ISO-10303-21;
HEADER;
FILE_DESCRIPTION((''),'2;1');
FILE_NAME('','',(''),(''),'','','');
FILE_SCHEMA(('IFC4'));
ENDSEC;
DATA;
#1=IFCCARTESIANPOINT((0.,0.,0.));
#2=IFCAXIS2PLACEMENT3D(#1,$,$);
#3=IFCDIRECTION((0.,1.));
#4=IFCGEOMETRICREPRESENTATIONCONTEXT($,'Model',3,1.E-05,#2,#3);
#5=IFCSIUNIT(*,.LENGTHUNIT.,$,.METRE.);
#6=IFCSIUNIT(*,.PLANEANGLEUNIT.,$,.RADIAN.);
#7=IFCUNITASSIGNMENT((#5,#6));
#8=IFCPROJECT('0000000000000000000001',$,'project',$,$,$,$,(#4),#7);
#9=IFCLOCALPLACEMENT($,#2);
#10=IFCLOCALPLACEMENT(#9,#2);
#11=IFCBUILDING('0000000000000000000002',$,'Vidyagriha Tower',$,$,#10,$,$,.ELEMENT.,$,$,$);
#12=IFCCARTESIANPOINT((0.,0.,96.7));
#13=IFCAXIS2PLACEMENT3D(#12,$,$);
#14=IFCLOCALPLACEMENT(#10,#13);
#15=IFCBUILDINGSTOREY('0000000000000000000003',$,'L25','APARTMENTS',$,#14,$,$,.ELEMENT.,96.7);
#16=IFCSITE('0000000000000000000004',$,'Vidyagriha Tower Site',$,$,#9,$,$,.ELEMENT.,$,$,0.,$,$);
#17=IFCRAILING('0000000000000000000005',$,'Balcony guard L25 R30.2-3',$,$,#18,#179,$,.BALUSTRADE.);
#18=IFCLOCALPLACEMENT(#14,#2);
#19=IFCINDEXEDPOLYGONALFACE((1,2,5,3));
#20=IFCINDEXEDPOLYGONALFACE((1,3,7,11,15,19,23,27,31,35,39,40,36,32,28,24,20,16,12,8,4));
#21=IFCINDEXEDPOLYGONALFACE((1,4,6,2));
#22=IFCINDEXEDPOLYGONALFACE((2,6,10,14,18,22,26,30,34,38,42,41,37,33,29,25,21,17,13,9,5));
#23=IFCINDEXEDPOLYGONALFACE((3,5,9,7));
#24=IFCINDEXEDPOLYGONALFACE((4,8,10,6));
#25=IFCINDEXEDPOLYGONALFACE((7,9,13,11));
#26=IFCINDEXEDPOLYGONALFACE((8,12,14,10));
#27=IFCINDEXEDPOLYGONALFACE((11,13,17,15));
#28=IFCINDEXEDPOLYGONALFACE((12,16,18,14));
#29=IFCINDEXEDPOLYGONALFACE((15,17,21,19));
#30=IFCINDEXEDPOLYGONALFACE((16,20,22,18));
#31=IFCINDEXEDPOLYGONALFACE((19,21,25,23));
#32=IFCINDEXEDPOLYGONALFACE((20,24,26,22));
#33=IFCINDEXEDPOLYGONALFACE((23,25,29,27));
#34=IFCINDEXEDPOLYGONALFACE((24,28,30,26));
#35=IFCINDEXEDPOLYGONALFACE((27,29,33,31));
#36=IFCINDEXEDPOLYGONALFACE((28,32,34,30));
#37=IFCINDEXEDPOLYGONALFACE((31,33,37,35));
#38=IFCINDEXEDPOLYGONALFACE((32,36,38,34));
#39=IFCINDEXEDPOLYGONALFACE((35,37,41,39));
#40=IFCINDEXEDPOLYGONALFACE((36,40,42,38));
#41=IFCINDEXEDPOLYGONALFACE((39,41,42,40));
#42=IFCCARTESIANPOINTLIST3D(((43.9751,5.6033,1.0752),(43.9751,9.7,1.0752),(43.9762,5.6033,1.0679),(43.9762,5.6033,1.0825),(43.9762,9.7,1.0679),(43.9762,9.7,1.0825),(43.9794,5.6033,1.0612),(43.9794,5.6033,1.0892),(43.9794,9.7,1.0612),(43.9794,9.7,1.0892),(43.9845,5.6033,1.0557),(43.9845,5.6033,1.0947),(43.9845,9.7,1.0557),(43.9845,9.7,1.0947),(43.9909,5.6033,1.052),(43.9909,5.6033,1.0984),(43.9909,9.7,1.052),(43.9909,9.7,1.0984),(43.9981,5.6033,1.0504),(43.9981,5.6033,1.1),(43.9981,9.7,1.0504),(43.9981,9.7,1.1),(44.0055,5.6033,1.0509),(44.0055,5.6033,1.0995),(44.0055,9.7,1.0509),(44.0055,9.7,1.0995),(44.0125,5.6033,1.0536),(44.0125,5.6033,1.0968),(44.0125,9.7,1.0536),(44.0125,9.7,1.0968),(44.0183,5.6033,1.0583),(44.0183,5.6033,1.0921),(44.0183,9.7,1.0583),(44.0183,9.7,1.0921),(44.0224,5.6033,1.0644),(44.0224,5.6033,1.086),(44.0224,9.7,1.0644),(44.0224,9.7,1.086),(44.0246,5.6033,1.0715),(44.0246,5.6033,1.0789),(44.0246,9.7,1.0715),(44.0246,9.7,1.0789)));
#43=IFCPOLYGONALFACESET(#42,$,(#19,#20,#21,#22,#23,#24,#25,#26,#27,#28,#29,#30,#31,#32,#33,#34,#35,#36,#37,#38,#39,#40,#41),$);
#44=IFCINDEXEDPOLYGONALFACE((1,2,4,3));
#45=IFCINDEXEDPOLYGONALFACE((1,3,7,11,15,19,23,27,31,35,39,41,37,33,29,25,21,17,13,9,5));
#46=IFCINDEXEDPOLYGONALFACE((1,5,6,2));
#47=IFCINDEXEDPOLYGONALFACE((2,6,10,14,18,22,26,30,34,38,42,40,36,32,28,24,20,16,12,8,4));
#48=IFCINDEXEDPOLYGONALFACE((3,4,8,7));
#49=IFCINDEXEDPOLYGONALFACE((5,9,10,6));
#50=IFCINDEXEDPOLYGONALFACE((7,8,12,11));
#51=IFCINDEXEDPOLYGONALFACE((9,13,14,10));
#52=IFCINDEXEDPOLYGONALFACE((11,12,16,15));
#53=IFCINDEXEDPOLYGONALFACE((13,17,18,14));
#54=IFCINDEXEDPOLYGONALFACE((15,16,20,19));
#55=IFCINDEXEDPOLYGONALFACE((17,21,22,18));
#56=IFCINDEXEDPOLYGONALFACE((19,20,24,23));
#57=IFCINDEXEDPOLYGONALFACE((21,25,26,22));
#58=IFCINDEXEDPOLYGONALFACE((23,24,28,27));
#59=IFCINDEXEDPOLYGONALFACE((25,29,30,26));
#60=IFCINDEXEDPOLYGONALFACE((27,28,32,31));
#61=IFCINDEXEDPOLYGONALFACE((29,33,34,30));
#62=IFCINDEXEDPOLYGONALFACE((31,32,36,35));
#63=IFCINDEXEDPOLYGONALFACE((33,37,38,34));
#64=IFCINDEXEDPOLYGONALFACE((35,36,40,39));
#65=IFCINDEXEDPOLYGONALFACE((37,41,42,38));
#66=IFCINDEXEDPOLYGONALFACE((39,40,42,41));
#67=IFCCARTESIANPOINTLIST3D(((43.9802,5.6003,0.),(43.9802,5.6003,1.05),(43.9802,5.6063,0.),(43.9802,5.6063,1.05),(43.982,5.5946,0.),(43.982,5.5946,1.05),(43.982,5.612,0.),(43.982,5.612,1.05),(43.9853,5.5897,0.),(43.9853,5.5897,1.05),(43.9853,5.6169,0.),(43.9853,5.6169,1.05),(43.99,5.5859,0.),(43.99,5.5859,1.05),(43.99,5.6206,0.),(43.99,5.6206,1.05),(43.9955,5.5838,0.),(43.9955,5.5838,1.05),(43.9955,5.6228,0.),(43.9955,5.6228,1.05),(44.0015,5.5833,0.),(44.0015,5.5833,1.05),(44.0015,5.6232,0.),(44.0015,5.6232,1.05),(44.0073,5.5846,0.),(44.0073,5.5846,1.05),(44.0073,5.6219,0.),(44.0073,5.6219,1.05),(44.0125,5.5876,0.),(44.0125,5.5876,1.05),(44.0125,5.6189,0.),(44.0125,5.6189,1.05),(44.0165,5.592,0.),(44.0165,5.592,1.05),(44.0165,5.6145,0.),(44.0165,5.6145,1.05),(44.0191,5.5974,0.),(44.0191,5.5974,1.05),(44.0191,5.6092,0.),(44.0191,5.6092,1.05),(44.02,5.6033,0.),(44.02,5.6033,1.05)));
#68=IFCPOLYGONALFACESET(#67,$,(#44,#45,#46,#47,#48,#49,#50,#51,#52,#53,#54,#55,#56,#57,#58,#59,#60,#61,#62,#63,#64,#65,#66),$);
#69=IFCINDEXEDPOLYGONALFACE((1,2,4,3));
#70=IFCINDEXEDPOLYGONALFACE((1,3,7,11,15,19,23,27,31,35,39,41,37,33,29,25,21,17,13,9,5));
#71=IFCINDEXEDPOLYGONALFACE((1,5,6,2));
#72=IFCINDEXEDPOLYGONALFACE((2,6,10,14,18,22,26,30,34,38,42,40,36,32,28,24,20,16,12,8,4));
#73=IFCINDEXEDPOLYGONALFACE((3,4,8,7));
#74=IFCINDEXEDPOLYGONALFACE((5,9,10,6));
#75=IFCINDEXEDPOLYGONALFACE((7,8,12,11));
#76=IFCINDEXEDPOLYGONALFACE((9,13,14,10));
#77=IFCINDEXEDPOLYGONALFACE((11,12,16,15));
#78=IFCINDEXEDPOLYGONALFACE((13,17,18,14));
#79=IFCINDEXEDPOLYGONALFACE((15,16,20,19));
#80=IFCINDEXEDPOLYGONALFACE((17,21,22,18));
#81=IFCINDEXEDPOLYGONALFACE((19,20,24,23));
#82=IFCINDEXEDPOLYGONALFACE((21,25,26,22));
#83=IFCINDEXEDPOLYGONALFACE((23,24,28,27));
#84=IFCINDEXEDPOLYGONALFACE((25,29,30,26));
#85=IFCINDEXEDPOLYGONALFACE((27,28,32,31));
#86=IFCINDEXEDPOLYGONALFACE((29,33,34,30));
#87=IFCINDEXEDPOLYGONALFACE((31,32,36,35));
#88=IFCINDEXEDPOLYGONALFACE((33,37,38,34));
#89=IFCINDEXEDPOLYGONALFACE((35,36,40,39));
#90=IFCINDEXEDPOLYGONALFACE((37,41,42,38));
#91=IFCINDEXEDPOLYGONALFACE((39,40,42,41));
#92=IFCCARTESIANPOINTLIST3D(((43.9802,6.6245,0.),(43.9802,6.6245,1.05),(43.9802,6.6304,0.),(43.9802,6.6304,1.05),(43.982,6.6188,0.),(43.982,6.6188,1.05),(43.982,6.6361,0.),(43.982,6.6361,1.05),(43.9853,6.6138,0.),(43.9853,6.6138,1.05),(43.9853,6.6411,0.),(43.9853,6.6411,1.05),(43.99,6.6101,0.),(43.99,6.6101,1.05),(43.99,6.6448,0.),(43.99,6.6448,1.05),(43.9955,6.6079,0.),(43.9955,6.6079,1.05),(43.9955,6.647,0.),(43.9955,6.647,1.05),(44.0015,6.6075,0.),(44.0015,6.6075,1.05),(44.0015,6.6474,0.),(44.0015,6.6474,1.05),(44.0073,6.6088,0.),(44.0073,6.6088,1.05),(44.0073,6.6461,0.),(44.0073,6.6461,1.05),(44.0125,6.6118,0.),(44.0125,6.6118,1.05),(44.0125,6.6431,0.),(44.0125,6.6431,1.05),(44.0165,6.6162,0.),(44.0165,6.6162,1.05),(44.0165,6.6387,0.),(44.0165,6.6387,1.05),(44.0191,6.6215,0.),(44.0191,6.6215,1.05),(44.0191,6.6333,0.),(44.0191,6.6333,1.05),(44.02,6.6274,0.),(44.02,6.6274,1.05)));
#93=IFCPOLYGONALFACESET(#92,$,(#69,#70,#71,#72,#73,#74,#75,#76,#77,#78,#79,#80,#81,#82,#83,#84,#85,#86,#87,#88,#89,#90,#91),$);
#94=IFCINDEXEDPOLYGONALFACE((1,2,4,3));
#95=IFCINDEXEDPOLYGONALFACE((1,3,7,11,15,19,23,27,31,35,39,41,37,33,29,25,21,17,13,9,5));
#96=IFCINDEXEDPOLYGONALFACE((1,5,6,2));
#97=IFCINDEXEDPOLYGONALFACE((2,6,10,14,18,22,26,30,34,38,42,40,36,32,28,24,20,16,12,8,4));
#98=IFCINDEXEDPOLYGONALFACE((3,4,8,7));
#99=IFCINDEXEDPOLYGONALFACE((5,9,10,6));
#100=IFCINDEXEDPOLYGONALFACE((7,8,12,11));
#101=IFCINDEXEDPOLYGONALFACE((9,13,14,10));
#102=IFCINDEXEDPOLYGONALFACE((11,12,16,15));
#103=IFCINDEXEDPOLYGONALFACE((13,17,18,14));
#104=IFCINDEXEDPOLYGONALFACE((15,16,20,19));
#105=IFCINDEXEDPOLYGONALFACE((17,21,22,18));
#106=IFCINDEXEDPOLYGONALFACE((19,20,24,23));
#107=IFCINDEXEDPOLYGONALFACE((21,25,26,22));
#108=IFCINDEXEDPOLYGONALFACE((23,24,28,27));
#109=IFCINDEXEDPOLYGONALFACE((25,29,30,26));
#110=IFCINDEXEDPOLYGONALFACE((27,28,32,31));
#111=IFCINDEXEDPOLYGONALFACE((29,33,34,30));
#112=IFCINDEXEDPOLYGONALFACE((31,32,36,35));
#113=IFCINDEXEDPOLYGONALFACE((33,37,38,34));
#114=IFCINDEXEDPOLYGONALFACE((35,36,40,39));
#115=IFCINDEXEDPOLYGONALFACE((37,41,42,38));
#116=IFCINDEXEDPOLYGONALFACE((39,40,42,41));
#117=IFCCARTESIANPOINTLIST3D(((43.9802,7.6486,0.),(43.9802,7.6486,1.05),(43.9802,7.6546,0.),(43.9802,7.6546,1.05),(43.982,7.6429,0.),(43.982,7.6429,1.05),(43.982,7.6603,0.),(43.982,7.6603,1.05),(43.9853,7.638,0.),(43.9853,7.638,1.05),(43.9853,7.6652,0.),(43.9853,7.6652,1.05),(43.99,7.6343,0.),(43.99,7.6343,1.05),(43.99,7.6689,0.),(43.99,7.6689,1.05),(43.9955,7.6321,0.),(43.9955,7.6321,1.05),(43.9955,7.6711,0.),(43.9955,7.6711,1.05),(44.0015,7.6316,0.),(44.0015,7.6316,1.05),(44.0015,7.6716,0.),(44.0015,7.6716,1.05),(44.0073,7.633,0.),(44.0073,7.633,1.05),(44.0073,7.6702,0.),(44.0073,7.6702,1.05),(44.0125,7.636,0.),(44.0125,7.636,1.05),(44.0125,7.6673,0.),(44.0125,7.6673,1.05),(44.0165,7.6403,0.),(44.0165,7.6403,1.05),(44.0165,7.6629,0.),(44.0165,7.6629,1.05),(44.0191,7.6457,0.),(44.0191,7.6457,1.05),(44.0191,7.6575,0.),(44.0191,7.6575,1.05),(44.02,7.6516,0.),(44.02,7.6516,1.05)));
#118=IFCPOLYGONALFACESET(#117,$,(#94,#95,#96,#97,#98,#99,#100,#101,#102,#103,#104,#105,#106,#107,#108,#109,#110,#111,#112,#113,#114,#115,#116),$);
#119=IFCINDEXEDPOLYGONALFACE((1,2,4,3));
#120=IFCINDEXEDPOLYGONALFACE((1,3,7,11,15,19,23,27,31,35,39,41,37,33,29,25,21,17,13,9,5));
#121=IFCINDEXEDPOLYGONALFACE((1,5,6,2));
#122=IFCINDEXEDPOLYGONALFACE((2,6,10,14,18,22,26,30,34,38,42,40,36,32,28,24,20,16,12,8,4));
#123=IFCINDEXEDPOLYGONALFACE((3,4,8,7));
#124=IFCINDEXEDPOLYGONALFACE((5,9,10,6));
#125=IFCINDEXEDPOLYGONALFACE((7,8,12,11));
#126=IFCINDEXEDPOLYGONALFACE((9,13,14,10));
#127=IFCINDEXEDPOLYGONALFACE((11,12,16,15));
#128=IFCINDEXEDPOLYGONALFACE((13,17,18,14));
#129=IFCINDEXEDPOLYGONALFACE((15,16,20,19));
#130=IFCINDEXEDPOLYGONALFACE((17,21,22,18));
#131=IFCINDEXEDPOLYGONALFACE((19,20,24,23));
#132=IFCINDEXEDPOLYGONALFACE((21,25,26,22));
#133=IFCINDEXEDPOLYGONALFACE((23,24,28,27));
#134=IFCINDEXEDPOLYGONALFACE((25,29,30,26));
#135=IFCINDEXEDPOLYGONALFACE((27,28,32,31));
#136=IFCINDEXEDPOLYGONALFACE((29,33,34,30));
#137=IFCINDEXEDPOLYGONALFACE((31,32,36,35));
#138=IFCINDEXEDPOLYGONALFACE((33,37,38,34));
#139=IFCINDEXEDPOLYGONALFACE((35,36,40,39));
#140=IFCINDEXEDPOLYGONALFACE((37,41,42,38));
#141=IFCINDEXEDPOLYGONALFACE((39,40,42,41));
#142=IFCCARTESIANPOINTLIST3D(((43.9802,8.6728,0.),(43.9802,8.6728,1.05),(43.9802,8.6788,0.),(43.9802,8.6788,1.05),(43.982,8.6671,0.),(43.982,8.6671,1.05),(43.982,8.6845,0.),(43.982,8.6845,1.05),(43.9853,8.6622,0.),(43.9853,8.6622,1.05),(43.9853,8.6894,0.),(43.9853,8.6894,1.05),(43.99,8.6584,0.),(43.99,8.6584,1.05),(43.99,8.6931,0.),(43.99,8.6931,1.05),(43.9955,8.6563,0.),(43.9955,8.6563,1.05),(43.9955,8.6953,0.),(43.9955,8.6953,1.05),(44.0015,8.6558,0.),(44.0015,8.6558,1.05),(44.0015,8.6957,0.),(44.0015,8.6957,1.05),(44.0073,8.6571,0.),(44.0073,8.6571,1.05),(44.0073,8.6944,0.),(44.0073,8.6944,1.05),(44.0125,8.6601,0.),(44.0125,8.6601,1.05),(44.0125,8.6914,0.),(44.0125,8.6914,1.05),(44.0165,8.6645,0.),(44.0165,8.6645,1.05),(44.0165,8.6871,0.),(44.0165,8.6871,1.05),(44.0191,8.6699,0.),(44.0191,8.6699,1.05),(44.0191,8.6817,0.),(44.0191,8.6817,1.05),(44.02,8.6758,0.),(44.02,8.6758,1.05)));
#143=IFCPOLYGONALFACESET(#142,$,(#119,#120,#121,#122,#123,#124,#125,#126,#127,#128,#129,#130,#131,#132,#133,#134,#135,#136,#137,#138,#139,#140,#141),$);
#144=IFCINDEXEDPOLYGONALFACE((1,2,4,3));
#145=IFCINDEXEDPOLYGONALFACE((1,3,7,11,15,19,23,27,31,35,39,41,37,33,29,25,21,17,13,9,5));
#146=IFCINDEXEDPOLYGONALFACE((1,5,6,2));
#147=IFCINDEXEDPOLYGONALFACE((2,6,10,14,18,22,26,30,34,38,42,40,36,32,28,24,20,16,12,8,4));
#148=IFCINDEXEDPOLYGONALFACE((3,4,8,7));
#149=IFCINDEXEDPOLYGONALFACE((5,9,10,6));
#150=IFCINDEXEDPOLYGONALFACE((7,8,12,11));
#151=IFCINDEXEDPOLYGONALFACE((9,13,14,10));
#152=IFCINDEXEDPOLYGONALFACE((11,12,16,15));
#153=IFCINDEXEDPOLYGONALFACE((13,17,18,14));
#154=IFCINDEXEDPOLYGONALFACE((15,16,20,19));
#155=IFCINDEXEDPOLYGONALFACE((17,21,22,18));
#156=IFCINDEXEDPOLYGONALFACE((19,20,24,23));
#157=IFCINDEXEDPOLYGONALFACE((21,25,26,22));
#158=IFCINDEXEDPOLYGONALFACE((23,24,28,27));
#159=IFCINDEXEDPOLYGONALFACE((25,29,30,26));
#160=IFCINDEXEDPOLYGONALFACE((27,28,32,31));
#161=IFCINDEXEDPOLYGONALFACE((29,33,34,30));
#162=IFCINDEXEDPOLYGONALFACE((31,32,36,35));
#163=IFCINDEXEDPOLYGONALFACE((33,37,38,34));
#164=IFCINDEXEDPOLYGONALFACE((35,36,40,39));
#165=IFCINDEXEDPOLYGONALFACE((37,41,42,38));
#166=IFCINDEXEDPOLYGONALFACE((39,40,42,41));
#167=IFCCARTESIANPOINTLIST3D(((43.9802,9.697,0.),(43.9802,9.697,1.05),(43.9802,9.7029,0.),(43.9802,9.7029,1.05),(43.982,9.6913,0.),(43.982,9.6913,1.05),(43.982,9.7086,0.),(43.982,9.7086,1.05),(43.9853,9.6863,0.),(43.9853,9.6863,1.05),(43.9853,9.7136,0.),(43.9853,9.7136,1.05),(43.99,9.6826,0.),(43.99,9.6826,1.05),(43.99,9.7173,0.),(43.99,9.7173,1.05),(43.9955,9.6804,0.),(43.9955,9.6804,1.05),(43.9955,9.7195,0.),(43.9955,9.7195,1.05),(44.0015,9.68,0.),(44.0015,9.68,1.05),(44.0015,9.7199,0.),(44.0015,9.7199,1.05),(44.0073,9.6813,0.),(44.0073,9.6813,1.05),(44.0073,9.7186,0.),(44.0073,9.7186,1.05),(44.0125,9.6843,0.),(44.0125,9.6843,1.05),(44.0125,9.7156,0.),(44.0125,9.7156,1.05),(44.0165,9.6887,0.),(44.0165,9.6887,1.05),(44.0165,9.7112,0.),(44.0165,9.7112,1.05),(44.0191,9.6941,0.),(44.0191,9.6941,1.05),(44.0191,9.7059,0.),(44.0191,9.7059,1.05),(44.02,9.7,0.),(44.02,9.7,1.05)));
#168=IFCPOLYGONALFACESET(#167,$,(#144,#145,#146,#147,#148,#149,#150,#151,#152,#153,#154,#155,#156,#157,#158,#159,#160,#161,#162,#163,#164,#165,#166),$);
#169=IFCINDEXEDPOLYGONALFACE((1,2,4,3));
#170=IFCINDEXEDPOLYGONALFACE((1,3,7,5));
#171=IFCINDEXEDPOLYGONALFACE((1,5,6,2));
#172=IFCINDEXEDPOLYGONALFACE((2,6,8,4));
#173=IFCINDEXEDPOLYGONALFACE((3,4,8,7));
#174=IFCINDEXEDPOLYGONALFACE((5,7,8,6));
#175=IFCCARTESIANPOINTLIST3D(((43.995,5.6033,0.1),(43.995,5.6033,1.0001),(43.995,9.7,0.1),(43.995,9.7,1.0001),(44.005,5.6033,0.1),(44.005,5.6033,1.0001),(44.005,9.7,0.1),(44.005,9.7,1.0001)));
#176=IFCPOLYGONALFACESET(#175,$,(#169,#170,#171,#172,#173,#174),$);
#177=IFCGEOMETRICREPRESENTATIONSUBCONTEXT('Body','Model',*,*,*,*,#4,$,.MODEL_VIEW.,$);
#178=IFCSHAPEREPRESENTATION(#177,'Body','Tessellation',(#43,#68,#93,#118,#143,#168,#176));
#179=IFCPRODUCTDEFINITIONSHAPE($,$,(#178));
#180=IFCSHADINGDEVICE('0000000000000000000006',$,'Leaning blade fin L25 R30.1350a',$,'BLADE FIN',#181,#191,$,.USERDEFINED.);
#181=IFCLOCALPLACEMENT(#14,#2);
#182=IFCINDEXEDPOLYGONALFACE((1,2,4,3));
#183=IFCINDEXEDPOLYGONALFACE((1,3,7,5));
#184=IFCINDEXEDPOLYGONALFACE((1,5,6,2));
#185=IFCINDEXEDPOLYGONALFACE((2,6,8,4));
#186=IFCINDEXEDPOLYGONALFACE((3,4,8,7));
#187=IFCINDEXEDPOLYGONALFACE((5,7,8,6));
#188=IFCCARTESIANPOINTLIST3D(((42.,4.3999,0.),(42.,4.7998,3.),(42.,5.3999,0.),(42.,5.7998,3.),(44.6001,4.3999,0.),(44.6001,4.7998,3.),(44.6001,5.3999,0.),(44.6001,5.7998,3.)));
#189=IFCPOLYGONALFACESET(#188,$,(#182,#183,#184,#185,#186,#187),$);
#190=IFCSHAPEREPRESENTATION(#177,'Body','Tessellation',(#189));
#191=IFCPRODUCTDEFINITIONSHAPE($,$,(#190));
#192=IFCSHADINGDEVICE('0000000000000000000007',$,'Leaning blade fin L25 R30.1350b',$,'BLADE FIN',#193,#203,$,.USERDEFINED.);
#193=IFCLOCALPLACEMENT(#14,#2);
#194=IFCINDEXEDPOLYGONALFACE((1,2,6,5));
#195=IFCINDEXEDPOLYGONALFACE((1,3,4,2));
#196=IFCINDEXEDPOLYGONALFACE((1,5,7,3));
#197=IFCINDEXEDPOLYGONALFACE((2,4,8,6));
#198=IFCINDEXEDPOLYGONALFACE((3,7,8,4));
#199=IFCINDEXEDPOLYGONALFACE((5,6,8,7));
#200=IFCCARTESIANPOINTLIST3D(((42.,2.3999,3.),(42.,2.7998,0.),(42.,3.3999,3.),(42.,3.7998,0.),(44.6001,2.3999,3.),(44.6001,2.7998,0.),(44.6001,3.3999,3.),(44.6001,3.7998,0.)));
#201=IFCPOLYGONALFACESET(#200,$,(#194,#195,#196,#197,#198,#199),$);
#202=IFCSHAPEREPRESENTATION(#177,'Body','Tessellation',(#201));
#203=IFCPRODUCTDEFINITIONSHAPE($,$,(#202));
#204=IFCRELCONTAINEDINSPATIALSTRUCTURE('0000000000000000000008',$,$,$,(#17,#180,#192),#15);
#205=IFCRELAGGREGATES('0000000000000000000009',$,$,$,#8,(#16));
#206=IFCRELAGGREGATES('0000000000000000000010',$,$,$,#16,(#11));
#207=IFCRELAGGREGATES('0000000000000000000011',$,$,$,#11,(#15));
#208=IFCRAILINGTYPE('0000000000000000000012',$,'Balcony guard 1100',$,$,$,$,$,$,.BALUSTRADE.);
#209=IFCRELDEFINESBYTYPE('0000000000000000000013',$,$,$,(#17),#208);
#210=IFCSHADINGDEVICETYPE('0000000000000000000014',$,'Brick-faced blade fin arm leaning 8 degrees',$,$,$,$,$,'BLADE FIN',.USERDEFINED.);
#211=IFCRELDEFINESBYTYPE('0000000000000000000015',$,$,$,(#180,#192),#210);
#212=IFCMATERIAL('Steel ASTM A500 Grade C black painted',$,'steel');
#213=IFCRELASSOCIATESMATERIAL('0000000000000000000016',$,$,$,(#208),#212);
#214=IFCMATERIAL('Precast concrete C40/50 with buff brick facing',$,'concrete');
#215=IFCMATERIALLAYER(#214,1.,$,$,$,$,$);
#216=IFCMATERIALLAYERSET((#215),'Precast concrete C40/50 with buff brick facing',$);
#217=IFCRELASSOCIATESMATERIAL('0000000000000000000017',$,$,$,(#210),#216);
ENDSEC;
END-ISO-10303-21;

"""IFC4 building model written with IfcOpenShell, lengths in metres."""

from ifc_helpers import new_model, si_unit, direction, frame, origin, origin_2d, place, context, subcontext, project, spatial, polyline, rectangle, circle, outline, extrude, material, layer, layer_set, type_object, element, save


model = new_model("IFC4")

# Units and contexts
model_context = context("Model", 3, precision=1e-05, world=origin(), true_north=direction((0.0, 1.0)))
body_context = subcontext(model_context, "Body", "Model", "MODEL_VIEW")
ifc_project = project(units=[si_unit("LENGTHUNIT", "METRE"), si_unit("PLANEANGLEUNIT", "RADIAN")], contexts=[model_context])

# Site, building, storey
site_placement = place(None, origin())
site = spatial("IfcSite", under=ifc_project, at=site_placement, Name="Vidyagriha Tower Site", CompositionType="ELEMENT", RefElevation=0.0)
building_placement = place(site_placement, origin())
building = spatial("IfcBuilding", under=site, at=building_placement, Name="Vidyagriha Tower", CompositionType="ELEMENT")
storey_placement = place(building_placement, frame((0.0, 0.0, 96.7)))
storey = spatial("IfcBuildingStorey", under=building, at=storey_placement, Name="L25", Description="APARTMENTS", CompositionType="ELEMENT", Elevation=96.7)

# Railing
ifc_material_1 = material(Name="Steel ASTM A500 Grade C black painted", Category="steel")
railing_type_1 = type_object("IfcRailingType", Name="Balcony guard 1100", PredefinedType="BALUSTRADE", material=ifc_material_1)
railing_1_placement = place(storey_placement, frame((44.0, 5.6033, 0.0)))
element("IfcRailing", 1, at=railing_1_placement, inside=storey, type_object=railing_type_1, Name="Balcony guard L25 R30.2-3", PredefinedType="BALUSTRADE", context=body_context, shape_type="SweptSolid", body=[
    extrude(circle(Radius=0.0249, at=origin_2d()), frame((0.0, 0.0, 1.0752), z_axis=(0.0, 1.0, 0.0), x_axis=(-1.0, 0.0, 0.0)), (0.0, 0.0, 1.0), 4.0967),
    extrude(circle(Radius=0.02, at=origin_2d()), origin(), (0.0, 0.0, 1.0), 1.05),
    extrude(circle(Radius=0.02, at=origin_2d()), frame((0.0, 1.0242, 0.0)), (0.0, 0.0, 1.0), 1.05),
    extrude(circle(Radius=0.02, at=origin_2d()), frame((0.0, 2.0483, 0.0)), (0.0, 0.0, 1.0), 1.05),
    extrude(circle(Radius=0.02, at=origin_2d()), frame((0.0, 3.0725, 0.0)), (0.0, 0.0, 1.0), 1.05),
    extrude(circle(Radius=0.02, at=origin_2d()), frame((0.0, 4.0967, 0.0)), (0.0, 0.0, 1.0), 1.05),
    extrude(rectangle(XDim=0.01, YDim=0.9001, at=origin_2d()), frame((0.0, 0.0, 0.55), z_axis=(0.0, 1.0, 0.0), x_axis=(-1.0, 0.0, 0.0)), (0.0, 0.0, 1.0), 4.0967),
])

# Shading devices
ifc_material_2 = material(Name="Precast concrete C40/50 with buff brick facing", Category="concrete")
ifc_layer_1 = layer(ifc_material_2, 1.0)
ifc_layer_set_1 = layer_set([ifc_layer_1], Name="Precast concrete C40/50 with buff brick facing")
shading_device_type_1 = type_object("IfcShadingDeviceType", Name="Brick-faced blade fin arm leaning 8 degrees", ElementType="BLADE FIN", PredefinedType="USERDEFINED", material=ifc_layer_set_1)
shading_device_1_placement = place(storey_placement, frame((43.3, 4.3999, 0.0), z_axis=(0.0, 0.0, 1.0), x_axis=(0.0, 1.0, 0.0)))
element("IfcShadingDevice", 2, at=shading_device_1_placement, inside=storey, type_object=shading_device_type_1, Name="Leaning blade fin L25 R30.1350a", ObjectType="BLADE FIN", PredefinedType="USERDEFINED", context=body_context, shape_type="SweptSolid", body=[
    extrude(outline(polyline([(0.0, 0.0), (1.0, 0.0), (1.3999, 3.0), (0.3999, 3.0), (0.0, 0.0)])), frame((0.0, 1.3, 0.0), z_axis=(0.0, -1.0, 0.0), x_axis=(1.0, 0.0, 0.0)), (0.0, 0.0, 1.0), 2.6001),
])
shading_device_2_placement = place(storey_placement, frame((43.3, 2.3999, 0.0), z_axis=(0.0, 0.0, 1.0), x_axis=(0.0, 1.0, 0.0)))
element("IfcShadingDevice", 3, at=shading_device_2_placement, inside=storey, type_object=shading_device_type_1, Name="Leaning blade fin L25 R30.1350b", ObjectType="BLADE FIN", PredefinedType="USERDEFINED", context=body_context, shape_type="SweptSolid", body=[
    extrude(outline(polyline([(0.3999, 0.0), (1.3999, 0.0), (1.0, 3.0), (0.0, 3.0), (0.3999, 0.0)])), frame((0.0, 1.3, 0.0), z_axis=(0.0, -1.0, 0.0), x_axis=(1.0, 0.0, 0.0)), (0.0, 0.0, 1.0), 2.6001),
])

save(model, "model.ifc")
